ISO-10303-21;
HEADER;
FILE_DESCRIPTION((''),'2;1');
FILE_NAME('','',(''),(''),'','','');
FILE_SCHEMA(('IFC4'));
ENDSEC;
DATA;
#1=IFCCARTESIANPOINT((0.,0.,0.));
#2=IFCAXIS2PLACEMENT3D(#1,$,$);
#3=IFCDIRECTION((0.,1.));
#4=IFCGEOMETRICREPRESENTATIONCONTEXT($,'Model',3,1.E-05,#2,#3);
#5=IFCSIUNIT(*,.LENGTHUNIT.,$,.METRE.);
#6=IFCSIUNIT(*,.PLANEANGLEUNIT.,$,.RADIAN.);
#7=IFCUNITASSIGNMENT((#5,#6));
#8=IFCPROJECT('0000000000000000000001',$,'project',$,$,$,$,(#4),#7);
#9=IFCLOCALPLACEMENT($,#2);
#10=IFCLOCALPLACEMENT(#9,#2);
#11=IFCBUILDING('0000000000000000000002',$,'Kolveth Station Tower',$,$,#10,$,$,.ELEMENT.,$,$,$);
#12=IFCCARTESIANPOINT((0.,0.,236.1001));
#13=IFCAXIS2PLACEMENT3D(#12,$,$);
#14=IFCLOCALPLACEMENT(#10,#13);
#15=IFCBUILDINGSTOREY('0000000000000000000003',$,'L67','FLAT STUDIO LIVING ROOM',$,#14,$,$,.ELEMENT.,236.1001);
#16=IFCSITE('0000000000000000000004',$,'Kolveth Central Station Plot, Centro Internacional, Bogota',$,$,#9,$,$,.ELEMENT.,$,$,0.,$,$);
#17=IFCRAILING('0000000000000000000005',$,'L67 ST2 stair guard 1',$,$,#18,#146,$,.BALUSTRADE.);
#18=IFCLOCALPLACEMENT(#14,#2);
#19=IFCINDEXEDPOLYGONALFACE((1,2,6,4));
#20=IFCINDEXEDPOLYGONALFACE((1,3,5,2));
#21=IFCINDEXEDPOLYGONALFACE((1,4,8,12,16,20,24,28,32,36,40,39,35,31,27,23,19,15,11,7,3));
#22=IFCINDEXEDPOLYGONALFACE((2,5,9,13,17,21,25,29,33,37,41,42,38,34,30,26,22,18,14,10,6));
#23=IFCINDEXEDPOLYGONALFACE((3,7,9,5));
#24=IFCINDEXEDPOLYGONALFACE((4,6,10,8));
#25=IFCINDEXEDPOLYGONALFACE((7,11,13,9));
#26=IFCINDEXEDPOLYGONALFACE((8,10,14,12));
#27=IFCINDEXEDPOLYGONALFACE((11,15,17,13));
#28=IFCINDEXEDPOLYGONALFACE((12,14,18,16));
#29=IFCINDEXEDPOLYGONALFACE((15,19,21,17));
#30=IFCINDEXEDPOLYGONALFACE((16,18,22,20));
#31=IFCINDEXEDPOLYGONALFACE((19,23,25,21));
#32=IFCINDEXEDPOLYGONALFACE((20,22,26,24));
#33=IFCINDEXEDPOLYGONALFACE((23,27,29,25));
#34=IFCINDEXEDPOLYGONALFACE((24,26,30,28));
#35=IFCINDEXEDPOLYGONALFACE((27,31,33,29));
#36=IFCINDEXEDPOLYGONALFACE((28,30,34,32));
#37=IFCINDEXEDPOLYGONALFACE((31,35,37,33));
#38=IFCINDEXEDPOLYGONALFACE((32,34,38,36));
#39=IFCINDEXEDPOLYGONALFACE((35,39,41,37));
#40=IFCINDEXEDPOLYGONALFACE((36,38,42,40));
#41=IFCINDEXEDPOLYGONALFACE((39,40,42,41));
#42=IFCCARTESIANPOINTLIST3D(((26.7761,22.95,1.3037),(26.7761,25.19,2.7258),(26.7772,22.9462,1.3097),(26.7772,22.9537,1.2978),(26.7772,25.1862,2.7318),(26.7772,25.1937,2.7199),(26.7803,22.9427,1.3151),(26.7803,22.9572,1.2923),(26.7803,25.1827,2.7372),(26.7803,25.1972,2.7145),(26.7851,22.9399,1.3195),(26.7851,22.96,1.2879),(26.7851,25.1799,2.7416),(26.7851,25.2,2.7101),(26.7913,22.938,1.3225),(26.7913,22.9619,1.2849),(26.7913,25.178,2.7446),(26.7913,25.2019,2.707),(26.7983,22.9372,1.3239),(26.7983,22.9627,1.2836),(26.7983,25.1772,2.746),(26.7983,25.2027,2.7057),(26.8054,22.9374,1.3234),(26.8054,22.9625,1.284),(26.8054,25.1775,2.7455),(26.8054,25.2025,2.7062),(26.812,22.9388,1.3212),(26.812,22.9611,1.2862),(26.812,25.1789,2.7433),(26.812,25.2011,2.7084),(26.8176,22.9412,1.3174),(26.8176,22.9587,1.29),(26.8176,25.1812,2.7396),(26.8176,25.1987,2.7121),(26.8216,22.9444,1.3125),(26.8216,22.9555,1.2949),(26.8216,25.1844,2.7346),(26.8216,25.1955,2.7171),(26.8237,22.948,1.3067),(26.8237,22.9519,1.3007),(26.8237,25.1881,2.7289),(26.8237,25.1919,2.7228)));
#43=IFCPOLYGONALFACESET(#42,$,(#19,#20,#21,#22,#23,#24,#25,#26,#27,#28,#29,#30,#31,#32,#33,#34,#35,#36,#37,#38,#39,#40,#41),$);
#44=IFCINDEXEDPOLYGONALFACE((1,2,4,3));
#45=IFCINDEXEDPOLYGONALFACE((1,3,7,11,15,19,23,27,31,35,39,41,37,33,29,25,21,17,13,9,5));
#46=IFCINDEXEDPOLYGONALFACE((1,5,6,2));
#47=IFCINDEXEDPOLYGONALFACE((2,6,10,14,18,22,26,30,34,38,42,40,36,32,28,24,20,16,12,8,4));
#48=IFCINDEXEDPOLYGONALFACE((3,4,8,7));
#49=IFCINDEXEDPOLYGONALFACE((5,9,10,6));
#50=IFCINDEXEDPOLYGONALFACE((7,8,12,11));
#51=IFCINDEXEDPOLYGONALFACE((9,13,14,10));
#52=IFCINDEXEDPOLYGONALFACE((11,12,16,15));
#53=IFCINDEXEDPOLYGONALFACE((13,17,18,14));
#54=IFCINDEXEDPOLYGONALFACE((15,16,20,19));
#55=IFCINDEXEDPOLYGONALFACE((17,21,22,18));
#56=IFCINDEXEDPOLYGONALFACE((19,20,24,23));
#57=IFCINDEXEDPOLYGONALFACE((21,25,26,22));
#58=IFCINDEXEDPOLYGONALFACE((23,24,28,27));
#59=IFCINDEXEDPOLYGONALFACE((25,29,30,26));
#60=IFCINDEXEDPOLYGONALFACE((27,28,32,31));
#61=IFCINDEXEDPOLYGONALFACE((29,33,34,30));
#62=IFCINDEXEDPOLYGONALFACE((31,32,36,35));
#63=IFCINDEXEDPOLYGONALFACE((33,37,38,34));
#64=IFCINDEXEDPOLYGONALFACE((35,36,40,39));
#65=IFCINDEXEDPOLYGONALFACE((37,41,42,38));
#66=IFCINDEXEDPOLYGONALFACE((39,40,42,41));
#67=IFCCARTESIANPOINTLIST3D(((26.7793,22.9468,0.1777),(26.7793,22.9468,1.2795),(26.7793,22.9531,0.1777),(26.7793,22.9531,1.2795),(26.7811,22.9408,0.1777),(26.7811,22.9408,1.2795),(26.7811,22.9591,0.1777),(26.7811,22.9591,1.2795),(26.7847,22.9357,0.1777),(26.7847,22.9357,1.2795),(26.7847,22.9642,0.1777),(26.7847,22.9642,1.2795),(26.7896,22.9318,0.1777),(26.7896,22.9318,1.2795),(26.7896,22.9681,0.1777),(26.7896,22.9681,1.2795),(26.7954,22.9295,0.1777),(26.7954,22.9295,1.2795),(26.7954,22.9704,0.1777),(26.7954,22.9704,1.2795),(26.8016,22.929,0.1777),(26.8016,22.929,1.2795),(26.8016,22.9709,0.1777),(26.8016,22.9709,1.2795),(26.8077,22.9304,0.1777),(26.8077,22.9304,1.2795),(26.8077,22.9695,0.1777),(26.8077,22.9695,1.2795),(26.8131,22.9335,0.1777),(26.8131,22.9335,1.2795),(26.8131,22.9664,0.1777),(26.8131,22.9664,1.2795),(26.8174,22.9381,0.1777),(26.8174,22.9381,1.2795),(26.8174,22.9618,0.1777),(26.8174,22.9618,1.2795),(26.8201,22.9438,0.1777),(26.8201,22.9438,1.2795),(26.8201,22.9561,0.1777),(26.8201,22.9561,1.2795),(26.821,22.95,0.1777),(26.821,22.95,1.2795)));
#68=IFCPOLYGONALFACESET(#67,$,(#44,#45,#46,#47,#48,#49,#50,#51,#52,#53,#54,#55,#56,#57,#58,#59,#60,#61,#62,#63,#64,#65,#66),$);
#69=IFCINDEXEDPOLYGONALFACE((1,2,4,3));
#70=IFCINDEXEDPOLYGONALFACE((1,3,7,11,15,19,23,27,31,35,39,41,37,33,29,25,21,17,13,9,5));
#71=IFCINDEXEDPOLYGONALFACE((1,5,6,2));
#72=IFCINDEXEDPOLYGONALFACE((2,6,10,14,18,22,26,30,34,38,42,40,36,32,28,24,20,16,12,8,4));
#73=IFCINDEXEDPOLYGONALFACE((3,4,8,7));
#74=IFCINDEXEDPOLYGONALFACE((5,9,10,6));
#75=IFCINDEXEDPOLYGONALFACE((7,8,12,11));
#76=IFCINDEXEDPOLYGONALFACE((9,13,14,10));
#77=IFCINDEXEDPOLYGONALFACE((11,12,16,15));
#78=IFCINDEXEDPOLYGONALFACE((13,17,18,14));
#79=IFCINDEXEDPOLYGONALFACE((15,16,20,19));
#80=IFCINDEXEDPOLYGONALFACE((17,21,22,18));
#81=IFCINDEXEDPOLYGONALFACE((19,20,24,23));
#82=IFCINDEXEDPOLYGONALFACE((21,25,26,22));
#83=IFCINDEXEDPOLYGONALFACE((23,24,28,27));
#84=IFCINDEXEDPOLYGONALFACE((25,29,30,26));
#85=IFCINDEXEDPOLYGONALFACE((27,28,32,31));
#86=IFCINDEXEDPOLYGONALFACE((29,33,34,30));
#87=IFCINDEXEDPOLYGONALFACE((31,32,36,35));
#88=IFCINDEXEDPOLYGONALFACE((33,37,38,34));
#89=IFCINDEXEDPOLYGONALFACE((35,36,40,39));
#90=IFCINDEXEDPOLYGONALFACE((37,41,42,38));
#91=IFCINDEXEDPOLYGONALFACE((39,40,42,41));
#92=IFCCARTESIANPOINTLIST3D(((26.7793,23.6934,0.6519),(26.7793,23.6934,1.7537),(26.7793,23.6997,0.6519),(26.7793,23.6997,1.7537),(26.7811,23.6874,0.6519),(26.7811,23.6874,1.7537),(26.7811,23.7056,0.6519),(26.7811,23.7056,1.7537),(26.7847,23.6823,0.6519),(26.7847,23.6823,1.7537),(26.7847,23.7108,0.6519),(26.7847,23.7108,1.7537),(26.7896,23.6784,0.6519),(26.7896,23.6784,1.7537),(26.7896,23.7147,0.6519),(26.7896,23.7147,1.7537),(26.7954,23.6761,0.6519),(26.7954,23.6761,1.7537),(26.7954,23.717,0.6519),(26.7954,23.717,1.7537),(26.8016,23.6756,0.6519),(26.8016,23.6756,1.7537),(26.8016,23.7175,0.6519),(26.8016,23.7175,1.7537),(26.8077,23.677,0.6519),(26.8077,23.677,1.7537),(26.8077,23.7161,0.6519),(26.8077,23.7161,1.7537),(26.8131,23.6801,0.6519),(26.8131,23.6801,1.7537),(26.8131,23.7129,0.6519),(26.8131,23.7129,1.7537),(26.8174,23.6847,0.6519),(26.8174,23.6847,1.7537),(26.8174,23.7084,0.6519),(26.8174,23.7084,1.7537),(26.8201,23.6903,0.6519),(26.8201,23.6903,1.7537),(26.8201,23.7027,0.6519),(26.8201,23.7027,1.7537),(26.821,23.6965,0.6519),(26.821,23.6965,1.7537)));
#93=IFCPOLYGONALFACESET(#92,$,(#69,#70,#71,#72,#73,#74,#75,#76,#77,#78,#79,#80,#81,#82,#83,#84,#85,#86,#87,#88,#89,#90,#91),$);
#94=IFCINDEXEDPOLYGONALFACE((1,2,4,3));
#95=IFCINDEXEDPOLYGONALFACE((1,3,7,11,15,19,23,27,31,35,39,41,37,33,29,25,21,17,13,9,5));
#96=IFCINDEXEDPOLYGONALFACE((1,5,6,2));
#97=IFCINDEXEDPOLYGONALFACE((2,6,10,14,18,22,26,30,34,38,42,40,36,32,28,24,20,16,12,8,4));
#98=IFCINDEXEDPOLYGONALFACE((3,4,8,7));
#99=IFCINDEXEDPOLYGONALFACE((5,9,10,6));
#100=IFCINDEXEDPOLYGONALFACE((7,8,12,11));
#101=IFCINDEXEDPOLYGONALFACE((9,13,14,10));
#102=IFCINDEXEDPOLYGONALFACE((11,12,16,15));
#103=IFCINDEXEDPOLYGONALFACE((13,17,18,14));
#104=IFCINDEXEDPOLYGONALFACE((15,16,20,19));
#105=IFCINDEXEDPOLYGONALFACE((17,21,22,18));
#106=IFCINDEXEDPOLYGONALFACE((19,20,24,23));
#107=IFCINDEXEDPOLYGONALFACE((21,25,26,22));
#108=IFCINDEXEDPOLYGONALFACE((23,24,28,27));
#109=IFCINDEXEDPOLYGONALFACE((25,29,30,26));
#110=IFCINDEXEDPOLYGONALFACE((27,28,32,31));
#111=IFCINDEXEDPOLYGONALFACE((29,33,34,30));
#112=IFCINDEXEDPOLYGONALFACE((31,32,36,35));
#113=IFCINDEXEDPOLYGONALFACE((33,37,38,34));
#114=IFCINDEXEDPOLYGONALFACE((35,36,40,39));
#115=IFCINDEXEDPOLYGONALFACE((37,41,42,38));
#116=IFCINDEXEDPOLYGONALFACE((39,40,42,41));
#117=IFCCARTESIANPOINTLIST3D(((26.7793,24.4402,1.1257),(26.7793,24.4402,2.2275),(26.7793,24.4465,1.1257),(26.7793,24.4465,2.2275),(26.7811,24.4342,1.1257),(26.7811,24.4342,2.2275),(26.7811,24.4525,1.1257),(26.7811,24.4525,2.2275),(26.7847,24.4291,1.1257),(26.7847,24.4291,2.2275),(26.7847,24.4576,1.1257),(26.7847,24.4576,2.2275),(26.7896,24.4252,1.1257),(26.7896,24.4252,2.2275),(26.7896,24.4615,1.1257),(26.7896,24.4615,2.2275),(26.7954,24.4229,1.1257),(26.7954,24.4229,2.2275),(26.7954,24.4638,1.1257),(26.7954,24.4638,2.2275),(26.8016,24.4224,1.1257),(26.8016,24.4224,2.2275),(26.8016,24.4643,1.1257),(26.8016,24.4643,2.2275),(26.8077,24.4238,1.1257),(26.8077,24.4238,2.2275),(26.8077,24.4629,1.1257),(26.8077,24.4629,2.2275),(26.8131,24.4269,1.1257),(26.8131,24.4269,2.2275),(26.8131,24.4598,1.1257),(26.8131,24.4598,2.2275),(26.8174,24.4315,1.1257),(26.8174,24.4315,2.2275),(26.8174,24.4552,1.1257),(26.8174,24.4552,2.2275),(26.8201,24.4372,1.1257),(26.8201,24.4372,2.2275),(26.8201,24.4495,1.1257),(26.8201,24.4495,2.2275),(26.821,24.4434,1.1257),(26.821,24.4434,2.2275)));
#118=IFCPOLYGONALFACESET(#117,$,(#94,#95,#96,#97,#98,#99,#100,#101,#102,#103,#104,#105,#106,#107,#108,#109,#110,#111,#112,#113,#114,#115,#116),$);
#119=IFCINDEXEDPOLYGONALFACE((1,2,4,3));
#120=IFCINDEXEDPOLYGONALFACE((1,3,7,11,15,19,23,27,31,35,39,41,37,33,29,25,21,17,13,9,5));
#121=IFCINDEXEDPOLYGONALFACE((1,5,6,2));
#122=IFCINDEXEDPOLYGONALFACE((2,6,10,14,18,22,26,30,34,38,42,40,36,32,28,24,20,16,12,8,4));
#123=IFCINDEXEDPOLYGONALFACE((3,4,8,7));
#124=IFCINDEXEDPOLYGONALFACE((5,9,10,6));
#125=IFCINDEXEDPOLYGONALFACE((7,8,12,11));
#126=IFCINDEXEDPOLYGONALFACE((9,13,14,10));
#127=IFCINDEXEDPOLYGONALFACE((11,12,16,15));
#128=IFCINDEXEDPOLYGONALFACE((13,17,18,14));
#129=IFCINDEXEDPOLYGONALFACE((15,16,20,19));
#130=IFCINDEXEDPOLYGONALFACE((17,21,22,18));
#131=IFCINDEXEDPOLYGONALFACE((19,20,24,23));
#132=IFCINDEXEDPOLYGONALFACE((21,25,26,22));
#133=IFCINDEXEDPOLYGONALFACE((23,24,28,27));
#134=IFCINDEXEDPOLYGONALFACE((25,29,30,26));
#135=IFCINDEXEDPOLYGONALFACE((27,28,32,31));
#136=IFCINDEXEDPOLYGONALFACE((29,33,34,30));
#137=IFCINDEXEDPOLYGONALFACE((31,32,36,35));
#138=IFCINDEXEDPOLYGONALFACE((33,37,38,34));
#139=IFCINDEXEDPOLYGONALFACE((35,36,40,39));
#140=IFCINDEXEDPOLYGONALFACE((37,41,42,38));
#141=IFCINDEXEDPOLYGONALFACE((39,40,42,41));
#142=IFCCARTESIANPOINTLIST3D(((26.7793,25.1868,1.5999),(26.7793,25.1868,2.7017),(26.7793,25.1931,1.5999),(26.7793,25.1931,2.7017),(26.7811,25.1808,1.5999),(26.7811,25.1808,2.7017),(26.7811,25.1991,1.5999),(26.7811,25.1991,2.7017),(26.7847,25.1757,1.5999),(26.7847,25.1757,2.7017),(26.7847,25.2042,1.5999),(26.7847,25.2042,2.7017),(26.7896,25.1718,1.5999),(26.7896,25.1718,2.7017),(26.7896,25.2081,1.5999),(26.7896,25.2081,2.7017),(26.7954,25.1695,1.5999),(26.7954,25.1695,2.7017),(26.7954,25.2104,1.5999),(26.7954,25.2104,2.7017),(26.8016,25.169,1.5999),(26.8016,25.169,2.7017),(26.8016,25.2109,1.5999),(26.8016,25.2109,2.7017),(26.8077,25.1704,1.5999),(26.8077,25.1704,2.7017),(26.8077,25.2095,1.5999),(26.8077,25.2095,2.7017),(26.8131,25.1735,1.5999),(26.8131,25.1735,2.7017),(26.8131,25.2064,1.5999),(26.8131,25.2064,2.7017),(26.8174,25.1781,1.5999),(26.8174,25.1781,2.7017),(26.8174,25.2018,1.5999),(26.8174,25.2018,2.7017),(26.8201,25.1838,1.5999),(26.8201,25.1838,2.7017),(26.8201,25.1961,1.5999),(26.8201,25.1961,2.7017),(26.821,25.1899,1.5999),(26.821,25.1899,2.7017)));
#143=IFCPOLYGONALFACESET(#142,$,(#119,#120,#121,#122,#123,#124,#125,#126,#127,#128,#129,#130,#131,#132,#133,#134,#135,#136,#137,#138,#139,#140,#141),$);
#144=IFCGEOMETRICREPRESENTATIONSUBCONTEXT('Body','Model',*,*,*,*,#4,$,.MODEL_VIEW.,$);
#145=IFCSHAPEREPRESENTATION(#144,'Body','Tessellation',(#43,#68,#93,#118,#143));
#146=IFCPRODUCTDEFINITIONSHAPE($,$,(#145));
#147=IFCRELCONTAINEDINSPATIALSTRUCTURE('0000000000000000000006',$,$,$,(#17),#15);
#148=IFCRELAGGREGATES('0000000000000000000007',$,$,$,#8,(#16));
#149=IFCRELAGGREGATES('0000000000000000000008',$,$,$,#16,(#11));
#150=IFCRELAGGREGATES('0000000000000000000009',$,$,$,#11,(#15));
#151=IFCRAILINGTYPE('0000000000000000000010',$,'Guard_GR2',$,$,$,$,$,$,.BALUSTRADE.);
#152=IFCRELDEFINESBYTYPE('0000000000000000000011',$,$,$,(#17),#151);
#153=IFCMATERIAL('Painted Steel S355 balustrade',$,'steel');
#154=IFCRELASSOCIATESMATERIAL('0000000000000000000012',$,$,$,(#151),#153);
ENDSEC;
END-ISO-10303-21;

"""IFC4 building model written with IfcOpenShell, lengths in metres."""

from ifc_helpers import new_model, si_unit, direction, frame, origin, origin_2d, place, context, subcontext, project, spatial, circle, extrude, material, type_object, element, save


model = new_model("IFC4")

# Units and contexts
model_context = context("Model", 3, precision=1e-05, world=origin(), true_north=direction((0.0, 1.0)))
body_context = subcontext(model_context, "Body", "Model", "MODEL_VIEW")
ifc_project = project(units=[si_unit("LENGTHUNIT", "METRE"), si_unit("PLANEANGLEUNIT", "RADIAN")], contexts=[model_context])

# Site, building, storey
site_placement = place(None, origin())
site = spatial("IfcSite", under=ifc_project, at=site_placement, Name="Kolveth Central Station Plot, Centro Internacional, Bogota", CompositionType="ELEMENT", RefElevation=0.0)
building_placement = place(site_placement, origin())
building = spatial("IfcBuilding", under=site, at=building_placement, Name="Kolveth Station Tower", CompositionType="ELEMENT")
storey_placement = place(building_placement, frame((0.0, 0.0, 236.1001)))
storey = spatial("IfcBuildingStorey", under=building, at=storey_placement, Name="L67", Description="FLAT STUDIO LIVING ROOM", CompositionType="ELEMENT", Elevation=236.1001)

# Railing
ifc_material_1 = material(Name="Painted Steel S355 balustrade", Category="steel")
railing_type_1 = type_object("IfcRailingType", Name="Guard_GR2", PredefinedType="BALUSTRADE", material=ifc_material_1)
railing_1_placement = place(storey_placement, frame((26.8, 22.95, 0.1777)))
element("IfcRailing", 1, at=railing_1_placement, inside=storey, type_object=railing_type_1, Name="L67 ST2 stair guard 1", PredefinedType="BALUSTRADE", context=body_context, shape_type="SweptSolid", body=[
    extrude(circle(Radius=0.0239, at=origin_2d()), frame((0.0, 0.0, 1.126), z_axis=(0.0, 0.844229, 0.535982), x_axis=(-1.0, 0.0, 0.0)), (0.0, 0.0, 1.0), 2.6533),
    extrude(circle(Radius=0.021, at=origin_2d()), origin(), (0.0, 0.0, 1.0), 1.1018),
    extrude(circle(Radius=0.021, at=origin_2d()), frame((0.0, 0.7466, 0.4741)), (0.0, 0.0, 1.0), 1.1018),
    extrude(circle(Radius=0.021, at=origin_2d()), frame((0.0, 1.4934, 0.948)), (0.0, 0.0, 1.0), 1.1018),
    extrude(circle(Radius=0.021, at=origin_2d()), frame((0.0, 2.24, 1.4221)), (0.0, 0.0, 1.0), 1.1018),
])

save(model, "model.ifc")
